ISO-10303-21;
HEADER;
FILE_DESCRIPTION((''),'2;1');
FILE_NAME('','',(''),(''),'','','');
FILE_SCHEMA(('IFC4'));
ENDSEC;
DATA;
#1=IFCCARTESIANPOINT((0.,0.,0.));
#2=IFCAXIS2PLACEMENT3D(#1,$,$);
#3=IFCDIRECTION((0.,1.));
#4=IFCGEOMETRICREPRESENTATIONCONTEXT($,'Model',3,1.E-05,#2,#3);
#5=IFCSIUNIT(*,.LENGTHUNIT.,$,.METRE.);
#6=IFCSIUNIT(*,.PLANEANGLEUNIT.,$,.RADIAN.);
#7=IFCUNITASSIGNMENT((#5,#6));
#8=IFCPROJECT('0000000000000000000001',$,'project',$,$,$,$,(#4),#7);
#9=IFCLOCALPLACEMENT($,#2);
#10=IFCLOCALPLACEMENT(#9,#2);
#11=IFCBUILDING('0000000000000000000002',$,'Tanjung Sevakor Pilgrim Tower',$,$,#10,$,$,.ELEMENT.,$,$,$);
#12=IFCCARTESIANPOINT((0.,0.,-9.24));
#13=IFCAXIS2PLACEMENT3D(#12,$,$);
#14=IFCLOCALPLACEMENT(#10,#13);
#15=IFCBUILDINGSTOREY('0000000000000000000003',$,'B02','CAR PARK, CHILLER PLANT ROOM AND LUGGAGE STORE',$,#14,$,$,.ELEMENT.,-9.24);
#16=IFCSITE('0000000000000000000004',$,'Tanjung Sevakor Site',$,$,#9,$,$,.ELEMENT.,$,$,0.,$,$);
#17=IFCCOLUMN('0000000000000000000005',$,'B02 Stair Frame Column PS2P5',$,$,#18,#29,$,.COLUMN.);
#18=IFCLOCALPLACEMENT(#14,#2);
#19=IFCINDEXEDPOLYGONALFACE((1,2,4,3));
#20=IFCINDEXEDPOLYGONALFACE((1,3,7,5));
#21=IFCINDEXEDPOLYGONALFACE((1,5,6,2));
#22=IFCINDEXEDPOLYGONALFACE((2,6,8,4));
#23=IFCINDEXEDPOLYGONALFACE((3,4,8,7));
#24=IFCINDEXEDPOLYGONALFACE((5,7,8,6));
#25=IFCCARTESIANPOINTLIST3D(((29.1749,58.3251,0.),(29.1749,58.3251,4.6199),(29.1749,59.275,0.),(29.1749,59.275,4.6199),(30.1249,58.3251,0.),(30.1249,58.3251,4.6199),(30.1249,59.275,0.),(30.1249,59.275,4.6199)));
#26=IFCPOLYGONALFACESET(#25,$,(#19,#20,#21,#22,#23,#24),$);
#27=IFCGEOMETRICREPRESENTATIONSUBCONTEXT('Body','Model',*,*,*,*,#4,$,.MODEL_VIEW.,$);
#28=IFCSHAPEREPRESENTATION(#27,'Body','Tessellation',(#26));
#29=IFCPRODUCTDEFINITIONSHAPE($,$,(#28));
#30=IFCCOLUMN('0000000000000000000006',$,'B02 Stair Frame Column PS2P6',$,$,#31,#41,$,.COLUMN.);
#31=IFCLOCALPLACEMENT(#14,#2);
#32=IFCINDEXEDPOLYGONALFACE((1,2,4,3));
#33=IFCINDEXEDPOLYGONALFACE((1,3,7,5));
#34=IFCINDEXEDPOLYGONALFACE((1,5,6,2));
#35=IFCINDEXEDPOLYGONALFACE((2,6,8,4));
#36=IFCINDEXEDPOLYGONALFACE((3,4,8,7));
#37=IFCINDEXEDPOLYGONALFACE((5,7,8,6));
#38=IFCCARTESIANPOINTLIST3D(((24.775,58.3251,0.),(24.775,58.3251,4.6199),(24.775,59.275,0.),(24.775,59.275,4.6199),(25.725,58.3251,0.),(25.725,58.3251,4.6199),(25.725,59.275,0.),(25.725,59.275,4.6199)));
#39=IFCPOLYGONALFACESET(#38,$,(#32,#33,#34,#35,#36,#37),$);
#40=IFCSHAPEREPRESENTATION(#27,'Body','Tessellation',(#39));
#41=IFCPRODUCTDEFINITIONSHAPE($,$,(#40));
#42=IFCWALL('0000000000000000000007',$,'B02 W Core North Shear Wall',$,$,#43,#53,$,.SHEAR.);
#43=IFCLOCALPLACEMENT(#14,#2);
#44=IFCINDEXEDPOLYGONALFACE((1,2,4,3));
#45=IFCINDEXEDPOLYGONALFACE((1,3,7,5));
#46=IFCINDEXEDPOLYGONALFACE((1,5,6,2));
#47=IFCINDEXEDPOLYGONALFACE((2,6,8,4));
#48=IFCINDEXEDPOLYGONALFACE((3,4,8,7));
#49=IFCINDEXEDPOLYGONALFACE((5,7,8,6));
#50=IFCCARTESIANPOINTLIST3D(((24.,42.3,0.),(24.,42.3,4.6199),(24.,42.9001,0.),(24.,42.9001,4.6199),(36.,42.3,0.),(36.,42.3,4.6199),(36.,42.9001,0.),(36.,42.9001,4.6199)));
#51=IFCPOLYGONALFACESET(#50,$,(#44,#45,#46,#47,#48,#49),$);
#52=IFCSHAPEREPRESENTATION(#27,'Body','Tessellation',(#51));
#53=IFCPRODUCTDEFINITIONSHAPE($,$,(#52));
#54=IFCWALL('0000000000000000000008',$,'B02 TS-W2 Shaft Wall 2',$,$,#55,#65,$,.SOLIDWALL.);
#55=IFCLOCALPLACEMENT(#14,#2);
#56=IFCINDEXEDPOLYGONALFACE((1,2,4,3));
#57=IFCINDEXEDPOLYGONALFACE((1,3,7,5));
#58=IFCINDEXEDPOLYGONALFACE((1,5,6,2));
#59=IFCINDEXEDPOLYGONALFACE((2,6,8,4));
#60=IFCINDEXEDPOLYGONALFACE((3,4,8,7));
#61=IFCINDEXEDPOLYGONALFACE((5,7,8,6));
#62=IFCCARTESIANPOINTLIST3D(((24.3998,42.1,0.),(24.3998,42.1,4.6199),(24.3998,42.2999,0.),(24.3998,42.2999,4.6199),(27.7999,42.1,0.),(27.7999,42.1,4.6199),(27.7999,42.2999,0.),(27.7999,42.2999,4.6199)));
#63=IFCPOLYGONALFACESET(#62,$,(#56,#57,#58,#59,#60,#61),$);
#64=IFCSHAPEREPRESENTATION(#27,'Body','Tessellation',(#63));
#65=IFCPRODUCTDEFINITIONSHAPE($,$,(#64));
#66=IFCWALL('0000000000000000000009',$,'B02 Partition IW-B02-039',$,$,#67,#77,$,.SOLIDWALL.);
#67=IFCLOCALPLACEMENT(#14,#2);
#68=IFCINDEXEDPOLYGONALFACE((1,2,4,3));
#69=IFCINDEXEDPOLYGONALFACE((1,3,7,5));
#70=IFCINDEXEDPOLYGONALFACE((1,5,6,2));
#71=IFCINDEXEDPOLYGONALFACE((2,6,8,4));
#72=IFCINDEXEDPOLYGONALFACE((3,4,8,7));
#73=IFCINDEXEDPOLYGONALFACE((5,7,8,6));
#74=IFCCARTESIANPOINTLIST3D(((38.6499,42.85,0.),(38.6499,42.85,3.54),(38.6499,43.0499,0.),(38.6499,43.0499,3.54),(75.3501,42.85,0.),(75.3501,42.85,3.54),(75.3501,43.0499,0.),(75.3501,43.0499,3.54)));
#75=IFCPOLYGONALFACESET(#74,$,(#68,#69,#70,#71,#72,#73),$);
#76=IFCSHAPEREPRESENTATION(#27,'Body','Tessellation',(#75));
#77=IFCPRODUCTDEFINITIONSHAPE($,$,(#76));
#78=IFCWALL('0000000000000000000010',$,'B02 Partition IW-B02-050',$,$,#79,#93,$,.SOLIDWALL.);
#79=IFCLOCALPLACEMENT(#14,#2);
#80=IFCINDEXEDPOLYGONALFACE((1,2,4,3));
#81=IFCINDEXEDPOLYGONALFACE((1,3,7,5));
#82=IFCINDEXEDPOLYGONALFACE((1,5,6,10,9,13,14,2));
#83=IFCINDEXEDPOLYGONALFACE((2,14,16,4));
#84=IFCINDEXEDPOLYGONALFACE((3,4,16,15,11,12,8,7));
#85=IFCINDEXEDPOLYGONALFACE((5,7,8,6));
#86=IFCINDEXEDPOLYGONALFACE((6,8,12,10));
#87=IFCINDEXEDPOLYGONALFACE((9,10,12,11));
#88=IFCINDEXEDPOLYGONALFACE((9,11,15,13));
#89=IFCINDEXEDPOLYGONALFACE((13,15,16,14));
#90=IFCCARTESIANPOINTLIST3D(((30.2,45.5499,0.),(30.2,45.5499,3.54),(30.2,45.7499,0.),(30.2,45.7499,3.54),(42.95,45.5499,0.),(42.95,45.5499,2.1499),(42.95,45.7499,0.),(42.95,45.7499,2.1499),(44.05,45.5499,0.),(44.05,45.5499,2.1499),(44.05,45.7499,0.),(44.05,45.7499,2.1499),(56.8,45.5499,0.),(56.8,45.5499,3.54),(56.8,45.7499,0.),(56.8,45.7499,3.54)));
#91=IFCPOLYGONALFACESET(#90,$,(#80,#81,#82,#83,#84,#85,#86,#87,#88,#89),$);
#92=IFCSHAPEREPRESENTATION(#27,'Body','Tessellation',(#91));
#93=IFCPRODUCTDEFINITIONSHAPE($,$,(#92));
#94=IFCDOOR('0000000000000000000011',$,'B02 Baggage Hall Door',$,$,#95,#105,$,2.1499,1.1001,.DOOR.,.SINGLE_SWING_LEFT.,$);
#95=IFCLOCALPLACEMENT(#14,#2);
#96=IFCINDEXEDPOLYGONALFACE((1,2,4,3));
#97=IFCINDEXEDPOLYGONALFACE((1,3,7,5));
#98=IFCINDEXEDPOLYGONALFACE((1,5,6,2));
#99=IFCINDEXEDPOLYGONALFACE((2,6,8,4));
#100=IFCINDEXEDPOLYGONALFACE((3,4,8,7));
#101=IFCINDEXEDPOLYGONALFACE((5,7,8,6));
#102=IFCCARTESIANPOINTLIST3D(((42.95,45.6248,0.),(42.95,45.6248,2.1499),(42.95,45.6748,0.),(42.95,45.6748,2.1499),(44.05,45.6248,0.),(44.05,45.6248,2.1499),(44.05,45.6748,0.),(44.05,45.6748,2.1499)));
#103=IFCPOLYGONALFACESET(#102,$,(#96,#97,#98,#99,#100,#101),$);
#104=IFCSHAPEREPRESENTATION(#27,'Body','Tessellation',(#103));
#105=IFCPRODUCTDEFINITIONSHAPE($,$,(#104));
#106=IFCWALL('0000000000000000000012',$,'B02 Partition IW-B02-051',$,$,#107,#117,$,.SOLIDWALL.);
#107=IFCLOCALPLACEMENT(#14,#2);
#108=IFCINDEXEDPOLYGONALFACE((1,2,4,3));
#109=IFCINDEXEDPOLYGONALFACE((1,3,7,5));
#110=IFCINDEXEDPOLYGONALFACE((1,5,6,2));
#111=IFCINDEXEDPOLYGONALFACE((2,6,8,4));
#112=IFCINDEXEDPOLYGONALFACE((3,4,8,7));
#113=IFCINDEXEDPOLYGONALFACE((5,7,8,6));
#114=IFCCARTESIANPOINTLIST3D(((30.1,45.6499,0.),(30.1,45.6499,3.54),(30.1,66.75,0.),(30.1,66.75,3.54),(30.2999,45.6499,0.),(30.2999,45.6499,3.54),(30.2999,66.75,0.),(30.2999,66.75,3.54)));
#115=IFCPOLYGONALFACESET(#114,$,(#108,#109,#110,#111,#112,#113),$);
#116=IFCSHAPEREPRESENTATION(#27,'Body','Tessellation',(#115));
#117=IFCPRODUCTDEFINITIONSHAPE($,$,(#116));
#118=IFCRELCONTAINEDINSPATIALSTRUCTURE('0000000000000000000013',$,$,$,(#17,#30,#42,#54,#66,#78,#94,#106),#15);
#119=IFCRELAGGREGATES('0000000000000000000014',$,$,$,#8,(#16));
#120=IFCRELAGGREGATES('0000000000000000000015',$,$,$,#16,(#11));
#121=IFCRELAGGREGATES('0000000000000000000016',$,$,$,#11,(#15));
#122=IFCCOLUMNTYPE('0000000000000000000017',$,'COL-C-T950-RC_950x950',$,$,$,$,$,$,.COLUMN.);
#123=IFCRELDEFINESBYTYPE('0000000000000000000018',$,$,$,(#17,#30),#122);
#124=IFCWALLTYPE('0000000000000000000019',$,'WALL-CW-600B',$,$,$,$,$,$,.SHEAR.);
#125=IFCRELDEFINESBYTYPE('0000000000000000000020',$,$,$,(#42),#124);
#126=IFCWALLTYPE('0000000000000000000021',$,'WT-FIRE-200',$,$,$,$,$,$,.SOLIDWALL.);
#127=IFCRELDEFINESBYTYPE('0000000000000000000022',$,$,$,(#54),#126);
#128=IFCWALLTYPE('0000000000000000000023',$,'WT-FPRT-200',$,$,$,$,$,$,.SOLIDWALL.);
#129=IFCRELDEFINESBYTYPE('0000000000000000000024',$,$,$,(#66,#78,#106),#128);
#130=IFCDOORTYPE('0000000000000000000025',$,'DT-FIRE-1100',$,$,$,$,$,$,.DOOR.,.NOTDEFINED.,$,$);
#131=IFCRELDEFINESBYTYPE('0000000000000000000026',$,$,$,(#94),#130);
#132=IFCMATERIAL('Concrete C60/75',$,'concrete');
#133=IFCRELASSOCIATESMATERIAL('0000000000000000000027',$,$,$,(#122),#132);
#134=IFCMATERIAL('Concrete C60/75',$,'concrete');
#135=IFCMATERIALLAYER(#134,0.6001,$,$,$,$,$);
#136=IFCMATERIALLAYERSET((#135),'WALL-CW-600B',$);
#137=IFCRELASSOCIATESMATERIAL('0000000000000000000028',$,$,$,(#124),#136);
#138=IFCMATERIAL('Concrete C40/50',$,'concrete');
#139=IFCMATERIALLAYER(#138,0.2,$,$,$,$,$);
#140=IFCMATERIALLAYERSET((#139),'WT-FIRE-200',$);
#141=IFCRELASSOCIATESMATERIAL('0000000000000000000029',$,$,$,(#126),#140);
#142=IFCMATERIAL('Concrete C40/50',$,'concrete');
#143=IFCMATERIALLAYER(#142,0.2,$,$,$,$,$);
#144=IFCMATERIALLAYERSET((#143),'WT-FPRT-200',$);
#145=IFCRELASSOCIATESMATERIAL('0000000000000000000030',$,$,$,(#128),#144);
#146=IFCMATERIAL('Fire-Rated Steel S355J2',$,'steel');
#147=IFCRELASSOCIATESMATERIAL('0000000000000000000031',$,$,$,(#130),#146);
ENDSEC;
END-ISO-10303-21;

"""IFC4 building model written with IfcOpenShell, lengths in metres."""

from ifc_helpers import new_model, si_unit, direction, frame, frame_2d, origin, origin_2d, place, context, subcontext, project, spatial, rectangle, extrude, material, layer, layer_set, material_profile, profile_set, type_object, element, fill, save


model = new_model("IFC4")

# Units and contexts
model_context = context("Model", 3, precision=1e-05, world=origin(), true_north=direction((0.0, 1.0)))
body_context = subcontext(model_context, "Body", "Model", "MODEL_VIEW")
ifc_project = project(units=[si_unit("LENGTHUNIT", "METRE"), si_unit("PLANEANGLEUNIT", "RADIAN")], contexts=[model_context])

# Site, building, storey
site_placement = place(None, origin())
site = spatial("IfcSite", under=ifc_project, at=site_placement, Name="Tanjung Sevakor Site", CompositionType="ELEMENT", RefElevation=0.0)
building_placement = place(site_placement, origin())
building = spatial("IfcBuilding", under=site, at=building_placement, Name="Tanjung Sevakor Pilgrim Tower", CompositionType="ELEMENT")
storey_placement = place(building_placement, frame((0.0, 0.0, -9.24)))
storey = spatial("IfcBuildingStorey", under=building, at=storey_placement, Name="B02", Description="CAR PARK, CHILLER PLANT ROOM AND LUGGAGE STORE", CompositionType="ELEMENT", Elevation=-9.24)

# Columns
ifc_material_1 = material(Name="Concrete C60/75", Category="concrete")
ifc_material_profile_1 = material_profile(ifc_material_1, rectangle(XDim=0.95, YDim=0.95, at=origin_2d()))
ifc_profile_set_1 = profile_set([ifc_material_profile_1], Name="Concrete C60/75")
column_type_1 = type_object("IfcColumnType", Name="COL-C-T950-RC_950x950", PredefinedType="COLUMN", material=ifc_profile_set_1)
for number, where, z_axis, x_axis, name in (
    (1, (29.6499, 58.8, 0.0), (0.0, 0.0, 1.0), (1.0, 0.0, 0.0), "B02 Stair Frame Column PS2P5"),
    (2, (25.25, 58.8, 0.0), (0.0, 0.0, 1.0), (1.0, 0.0, 0.0), "B02 Stair Frame Column PS2P6"),
):
    element("IfcColumn", number, at=place(storey_placement, frame(where, z_axis=z_axis, x_axis=x_axis)), inside=storey, type_object=column_type_1, Name=name, PredefinedType="COLUMN", context=body_context, shape_type="SweptSolid", body=[
        extrude(rectangle(XDim=0.95, YDim=0.95, at=origin_2d()), origin(), (0.0, 0.0, 1.0), 4.6199),
    ])

# Walls
ifc_material_2 = material(Name="Concrete C60/75", Category="concrete")
ifc_layer_1 = layer(ifc_material_2, 0.6001)
ifc_layer_set_1 = layer_set([ifc_layer_1], Name="WALL-CW-600B")
wall_type_1 = type_object("IfcWallType", Name="WALL-CW-600B", PredefinedType="SHEAR", material=ifc_layer_set_1)
wall_1_placement = place(storey_placement, frame((36.0, 42.6001, 0.0), z_axis=(0.0, 0.0, 1.0), x_axis=(-1.0, 0.0, 0.0)))
element("IfcWall", 3, at=wall_1_placement, inside=storey, type_object=wall_type_1, Name="B02 W Core North Shear Wall", PredefinedType="SHEAR", context=body_context, shape_type="SweptSolid", body=[
    extrude(rectangle(XDim=12.0, YDim=0.6001, at=frame_2d((6.0, 0.0))), origin(), (0.0, 0.0, 1.0), 4.6199),
])
ifc_material_3 = material(Name="Concrete C40/50", Category="concrete")
ifc_layer_2 = layer(ifc_material_3, 0.2)
ifc_layer_set_2 = layer_set([ifc_layer_2], Name="WT-FIRE-200")
wall_type_2 = type_object("IfcWallType", Name="WT-FIRE-200", PredefinedType="SOLIDWALL", material=ifc_layer_set_2)
wall_2_placement = place(storey_placement, frame((27.8, 42.2, 0.0), z_axis=(0.0, 0.0, 1.0), x_axis=(-1.0, 0.0, 0.0)))
element("IfcWall", 4, at=wall_2_placement, inside=storey, type_object=wall_type_2, Name="B02 TS-W2 Shaft Wall 2", PredefinedType="SOLIDWALL", context=body_context, shape_type="SweptSolid", body=[
    extrude(rectangle(XDim=3.4001, YDim=0.2, at=frame_2d((1.7002, 0.0))), origin(), (0.0, 0.0, 1.0), 4.6199),
])
ifc_material_4 = material(Name="Concrete C40/50", Category="concrete")
ifc_layer_3 = layer(ifc_material_4, 0.2)
ifc_layer_set_3 = layer_set([ifc_layer_3], Name="WT-FPRT-200")
wall_type_3 = type_object("IfcWallType", Name="WT-FPRT-200", PredefinedType="SOLIDWALL", material=ifc_layer_set_3)
wall_3_placement = place(storey_placement, frame((38.6499, 42.95, 0.0), z_axis=(0.0, 0.0, 1.0), x_axis=(1.0, 0.0, 0.0)))
element("IfcWall", 5, at=wall_3_placement, inside=storey, type_object=wall_type_3, Name="B02 Partition IW-B02-039", PredefinedType="SOLIDWALL", context=body_context, shape_type="SweptSolid", body=[
    extrude(rectangle(XDim=36.7002, YDim=0.2, at=frame_2d((18.3501, 0.0))), origin(), (0.0, 0.0, 1.0), 3.54),
])

# Wall, opening, door
wall_4_placement = place(storey_placement, frame((30.2, 45.6499, 0.0), z_axis=(0.0, 0.0, 1.0), x_axis=(1.0, 0.0, 0.0)))
wall_4 = element("IfcWall", 6, at=wall_4_placement, inside=storey, type_object=wall_type_3, Name="B02 Partition IW-B02-050", PredefinedType="SOLIDWALL", context=body_context, shape_type="SweptSolid", body=[
    extrude(rectangle(XDim=26.6001, YDim=0.2, at=frame_2d((13.3, 0.0))), origin(), (0.0, 0.0, 1.0), 3.54),
])
opening_placement = place(wall_4_placement, frame((12.75, 0.0, 0.0)))
opening = element("IfcOpeningElement", 7, at=opening_placement, cuts=wall_4, PredefinedType="OPENING", context=body_context, shape_type="SweptSolid", body=[
    extrude(rectangle(XDim=1.1001, YDim=2.1499, at=frame_2d((0.55, 1.075))), frame((0.0, 0.1099, 0.0), z_axis=(0.0, -1.0, 0.0), x_axis=(1.0, 0.0, 0.0)), (0.0, 0.0, 1.0), 0.22),
])
ifc_material_5 = material(Name="Fire-Rated Steel S355J2", Category="steel")
door_type = type_object("IfcDoorType", Name="DT-FIRE-1100", OperationType="NOTDEFINED", PredefinedType="DOOR", material=ifc_material_5)
door_placement = place(opening_placement, origin())
door = element("IfcDoor", 8, at=door_placement, inside=storey, type_object=door_type, Name="B02 Baggage Hall Door", OperationType="SINGLE_SWING_LEFT", OverallHeight=2.1499, OverallWidth=1.1001, PredefinedType="DOOR", context=body_context, shape_type="SweptSolid", body=[
    extrude(rectangle(XDim=1.1001, YDim=2.1499, at=frame_2d((0.55, 1.075))), frame((0.0, 0.0249, 0.0), z_axis=(0.0, -1.0, 0.0), x_axis=(1.0, 0.0, 0.0)), (0.0, 0.0, 1.0), 0.05),
])
fill(opening, door)

# Wall
wall_5_placement = place(storey_placement, frame((30.2, 45.6499, 0.0), z_axis=(0.0, 0.0, 1.0), x_axis=(0.0, 1.0, 0.0)))
element("IfcWall", 9, at=wall_5_placement, inside=storey, type_object=wall_type_3, Name="B02 Partition IW-B02-051", PredefinedType="SOLIDWALL", context=body_context, shape_type="SweptSolid", body=[
    extrude(rectangle(XDim=21.1001, YDim=0.2, at=frame_2d((10.55, 0.0))), origin(), (0.0, 0.0, 1.0), 3.54),
])

save(model, "model.ifc")
